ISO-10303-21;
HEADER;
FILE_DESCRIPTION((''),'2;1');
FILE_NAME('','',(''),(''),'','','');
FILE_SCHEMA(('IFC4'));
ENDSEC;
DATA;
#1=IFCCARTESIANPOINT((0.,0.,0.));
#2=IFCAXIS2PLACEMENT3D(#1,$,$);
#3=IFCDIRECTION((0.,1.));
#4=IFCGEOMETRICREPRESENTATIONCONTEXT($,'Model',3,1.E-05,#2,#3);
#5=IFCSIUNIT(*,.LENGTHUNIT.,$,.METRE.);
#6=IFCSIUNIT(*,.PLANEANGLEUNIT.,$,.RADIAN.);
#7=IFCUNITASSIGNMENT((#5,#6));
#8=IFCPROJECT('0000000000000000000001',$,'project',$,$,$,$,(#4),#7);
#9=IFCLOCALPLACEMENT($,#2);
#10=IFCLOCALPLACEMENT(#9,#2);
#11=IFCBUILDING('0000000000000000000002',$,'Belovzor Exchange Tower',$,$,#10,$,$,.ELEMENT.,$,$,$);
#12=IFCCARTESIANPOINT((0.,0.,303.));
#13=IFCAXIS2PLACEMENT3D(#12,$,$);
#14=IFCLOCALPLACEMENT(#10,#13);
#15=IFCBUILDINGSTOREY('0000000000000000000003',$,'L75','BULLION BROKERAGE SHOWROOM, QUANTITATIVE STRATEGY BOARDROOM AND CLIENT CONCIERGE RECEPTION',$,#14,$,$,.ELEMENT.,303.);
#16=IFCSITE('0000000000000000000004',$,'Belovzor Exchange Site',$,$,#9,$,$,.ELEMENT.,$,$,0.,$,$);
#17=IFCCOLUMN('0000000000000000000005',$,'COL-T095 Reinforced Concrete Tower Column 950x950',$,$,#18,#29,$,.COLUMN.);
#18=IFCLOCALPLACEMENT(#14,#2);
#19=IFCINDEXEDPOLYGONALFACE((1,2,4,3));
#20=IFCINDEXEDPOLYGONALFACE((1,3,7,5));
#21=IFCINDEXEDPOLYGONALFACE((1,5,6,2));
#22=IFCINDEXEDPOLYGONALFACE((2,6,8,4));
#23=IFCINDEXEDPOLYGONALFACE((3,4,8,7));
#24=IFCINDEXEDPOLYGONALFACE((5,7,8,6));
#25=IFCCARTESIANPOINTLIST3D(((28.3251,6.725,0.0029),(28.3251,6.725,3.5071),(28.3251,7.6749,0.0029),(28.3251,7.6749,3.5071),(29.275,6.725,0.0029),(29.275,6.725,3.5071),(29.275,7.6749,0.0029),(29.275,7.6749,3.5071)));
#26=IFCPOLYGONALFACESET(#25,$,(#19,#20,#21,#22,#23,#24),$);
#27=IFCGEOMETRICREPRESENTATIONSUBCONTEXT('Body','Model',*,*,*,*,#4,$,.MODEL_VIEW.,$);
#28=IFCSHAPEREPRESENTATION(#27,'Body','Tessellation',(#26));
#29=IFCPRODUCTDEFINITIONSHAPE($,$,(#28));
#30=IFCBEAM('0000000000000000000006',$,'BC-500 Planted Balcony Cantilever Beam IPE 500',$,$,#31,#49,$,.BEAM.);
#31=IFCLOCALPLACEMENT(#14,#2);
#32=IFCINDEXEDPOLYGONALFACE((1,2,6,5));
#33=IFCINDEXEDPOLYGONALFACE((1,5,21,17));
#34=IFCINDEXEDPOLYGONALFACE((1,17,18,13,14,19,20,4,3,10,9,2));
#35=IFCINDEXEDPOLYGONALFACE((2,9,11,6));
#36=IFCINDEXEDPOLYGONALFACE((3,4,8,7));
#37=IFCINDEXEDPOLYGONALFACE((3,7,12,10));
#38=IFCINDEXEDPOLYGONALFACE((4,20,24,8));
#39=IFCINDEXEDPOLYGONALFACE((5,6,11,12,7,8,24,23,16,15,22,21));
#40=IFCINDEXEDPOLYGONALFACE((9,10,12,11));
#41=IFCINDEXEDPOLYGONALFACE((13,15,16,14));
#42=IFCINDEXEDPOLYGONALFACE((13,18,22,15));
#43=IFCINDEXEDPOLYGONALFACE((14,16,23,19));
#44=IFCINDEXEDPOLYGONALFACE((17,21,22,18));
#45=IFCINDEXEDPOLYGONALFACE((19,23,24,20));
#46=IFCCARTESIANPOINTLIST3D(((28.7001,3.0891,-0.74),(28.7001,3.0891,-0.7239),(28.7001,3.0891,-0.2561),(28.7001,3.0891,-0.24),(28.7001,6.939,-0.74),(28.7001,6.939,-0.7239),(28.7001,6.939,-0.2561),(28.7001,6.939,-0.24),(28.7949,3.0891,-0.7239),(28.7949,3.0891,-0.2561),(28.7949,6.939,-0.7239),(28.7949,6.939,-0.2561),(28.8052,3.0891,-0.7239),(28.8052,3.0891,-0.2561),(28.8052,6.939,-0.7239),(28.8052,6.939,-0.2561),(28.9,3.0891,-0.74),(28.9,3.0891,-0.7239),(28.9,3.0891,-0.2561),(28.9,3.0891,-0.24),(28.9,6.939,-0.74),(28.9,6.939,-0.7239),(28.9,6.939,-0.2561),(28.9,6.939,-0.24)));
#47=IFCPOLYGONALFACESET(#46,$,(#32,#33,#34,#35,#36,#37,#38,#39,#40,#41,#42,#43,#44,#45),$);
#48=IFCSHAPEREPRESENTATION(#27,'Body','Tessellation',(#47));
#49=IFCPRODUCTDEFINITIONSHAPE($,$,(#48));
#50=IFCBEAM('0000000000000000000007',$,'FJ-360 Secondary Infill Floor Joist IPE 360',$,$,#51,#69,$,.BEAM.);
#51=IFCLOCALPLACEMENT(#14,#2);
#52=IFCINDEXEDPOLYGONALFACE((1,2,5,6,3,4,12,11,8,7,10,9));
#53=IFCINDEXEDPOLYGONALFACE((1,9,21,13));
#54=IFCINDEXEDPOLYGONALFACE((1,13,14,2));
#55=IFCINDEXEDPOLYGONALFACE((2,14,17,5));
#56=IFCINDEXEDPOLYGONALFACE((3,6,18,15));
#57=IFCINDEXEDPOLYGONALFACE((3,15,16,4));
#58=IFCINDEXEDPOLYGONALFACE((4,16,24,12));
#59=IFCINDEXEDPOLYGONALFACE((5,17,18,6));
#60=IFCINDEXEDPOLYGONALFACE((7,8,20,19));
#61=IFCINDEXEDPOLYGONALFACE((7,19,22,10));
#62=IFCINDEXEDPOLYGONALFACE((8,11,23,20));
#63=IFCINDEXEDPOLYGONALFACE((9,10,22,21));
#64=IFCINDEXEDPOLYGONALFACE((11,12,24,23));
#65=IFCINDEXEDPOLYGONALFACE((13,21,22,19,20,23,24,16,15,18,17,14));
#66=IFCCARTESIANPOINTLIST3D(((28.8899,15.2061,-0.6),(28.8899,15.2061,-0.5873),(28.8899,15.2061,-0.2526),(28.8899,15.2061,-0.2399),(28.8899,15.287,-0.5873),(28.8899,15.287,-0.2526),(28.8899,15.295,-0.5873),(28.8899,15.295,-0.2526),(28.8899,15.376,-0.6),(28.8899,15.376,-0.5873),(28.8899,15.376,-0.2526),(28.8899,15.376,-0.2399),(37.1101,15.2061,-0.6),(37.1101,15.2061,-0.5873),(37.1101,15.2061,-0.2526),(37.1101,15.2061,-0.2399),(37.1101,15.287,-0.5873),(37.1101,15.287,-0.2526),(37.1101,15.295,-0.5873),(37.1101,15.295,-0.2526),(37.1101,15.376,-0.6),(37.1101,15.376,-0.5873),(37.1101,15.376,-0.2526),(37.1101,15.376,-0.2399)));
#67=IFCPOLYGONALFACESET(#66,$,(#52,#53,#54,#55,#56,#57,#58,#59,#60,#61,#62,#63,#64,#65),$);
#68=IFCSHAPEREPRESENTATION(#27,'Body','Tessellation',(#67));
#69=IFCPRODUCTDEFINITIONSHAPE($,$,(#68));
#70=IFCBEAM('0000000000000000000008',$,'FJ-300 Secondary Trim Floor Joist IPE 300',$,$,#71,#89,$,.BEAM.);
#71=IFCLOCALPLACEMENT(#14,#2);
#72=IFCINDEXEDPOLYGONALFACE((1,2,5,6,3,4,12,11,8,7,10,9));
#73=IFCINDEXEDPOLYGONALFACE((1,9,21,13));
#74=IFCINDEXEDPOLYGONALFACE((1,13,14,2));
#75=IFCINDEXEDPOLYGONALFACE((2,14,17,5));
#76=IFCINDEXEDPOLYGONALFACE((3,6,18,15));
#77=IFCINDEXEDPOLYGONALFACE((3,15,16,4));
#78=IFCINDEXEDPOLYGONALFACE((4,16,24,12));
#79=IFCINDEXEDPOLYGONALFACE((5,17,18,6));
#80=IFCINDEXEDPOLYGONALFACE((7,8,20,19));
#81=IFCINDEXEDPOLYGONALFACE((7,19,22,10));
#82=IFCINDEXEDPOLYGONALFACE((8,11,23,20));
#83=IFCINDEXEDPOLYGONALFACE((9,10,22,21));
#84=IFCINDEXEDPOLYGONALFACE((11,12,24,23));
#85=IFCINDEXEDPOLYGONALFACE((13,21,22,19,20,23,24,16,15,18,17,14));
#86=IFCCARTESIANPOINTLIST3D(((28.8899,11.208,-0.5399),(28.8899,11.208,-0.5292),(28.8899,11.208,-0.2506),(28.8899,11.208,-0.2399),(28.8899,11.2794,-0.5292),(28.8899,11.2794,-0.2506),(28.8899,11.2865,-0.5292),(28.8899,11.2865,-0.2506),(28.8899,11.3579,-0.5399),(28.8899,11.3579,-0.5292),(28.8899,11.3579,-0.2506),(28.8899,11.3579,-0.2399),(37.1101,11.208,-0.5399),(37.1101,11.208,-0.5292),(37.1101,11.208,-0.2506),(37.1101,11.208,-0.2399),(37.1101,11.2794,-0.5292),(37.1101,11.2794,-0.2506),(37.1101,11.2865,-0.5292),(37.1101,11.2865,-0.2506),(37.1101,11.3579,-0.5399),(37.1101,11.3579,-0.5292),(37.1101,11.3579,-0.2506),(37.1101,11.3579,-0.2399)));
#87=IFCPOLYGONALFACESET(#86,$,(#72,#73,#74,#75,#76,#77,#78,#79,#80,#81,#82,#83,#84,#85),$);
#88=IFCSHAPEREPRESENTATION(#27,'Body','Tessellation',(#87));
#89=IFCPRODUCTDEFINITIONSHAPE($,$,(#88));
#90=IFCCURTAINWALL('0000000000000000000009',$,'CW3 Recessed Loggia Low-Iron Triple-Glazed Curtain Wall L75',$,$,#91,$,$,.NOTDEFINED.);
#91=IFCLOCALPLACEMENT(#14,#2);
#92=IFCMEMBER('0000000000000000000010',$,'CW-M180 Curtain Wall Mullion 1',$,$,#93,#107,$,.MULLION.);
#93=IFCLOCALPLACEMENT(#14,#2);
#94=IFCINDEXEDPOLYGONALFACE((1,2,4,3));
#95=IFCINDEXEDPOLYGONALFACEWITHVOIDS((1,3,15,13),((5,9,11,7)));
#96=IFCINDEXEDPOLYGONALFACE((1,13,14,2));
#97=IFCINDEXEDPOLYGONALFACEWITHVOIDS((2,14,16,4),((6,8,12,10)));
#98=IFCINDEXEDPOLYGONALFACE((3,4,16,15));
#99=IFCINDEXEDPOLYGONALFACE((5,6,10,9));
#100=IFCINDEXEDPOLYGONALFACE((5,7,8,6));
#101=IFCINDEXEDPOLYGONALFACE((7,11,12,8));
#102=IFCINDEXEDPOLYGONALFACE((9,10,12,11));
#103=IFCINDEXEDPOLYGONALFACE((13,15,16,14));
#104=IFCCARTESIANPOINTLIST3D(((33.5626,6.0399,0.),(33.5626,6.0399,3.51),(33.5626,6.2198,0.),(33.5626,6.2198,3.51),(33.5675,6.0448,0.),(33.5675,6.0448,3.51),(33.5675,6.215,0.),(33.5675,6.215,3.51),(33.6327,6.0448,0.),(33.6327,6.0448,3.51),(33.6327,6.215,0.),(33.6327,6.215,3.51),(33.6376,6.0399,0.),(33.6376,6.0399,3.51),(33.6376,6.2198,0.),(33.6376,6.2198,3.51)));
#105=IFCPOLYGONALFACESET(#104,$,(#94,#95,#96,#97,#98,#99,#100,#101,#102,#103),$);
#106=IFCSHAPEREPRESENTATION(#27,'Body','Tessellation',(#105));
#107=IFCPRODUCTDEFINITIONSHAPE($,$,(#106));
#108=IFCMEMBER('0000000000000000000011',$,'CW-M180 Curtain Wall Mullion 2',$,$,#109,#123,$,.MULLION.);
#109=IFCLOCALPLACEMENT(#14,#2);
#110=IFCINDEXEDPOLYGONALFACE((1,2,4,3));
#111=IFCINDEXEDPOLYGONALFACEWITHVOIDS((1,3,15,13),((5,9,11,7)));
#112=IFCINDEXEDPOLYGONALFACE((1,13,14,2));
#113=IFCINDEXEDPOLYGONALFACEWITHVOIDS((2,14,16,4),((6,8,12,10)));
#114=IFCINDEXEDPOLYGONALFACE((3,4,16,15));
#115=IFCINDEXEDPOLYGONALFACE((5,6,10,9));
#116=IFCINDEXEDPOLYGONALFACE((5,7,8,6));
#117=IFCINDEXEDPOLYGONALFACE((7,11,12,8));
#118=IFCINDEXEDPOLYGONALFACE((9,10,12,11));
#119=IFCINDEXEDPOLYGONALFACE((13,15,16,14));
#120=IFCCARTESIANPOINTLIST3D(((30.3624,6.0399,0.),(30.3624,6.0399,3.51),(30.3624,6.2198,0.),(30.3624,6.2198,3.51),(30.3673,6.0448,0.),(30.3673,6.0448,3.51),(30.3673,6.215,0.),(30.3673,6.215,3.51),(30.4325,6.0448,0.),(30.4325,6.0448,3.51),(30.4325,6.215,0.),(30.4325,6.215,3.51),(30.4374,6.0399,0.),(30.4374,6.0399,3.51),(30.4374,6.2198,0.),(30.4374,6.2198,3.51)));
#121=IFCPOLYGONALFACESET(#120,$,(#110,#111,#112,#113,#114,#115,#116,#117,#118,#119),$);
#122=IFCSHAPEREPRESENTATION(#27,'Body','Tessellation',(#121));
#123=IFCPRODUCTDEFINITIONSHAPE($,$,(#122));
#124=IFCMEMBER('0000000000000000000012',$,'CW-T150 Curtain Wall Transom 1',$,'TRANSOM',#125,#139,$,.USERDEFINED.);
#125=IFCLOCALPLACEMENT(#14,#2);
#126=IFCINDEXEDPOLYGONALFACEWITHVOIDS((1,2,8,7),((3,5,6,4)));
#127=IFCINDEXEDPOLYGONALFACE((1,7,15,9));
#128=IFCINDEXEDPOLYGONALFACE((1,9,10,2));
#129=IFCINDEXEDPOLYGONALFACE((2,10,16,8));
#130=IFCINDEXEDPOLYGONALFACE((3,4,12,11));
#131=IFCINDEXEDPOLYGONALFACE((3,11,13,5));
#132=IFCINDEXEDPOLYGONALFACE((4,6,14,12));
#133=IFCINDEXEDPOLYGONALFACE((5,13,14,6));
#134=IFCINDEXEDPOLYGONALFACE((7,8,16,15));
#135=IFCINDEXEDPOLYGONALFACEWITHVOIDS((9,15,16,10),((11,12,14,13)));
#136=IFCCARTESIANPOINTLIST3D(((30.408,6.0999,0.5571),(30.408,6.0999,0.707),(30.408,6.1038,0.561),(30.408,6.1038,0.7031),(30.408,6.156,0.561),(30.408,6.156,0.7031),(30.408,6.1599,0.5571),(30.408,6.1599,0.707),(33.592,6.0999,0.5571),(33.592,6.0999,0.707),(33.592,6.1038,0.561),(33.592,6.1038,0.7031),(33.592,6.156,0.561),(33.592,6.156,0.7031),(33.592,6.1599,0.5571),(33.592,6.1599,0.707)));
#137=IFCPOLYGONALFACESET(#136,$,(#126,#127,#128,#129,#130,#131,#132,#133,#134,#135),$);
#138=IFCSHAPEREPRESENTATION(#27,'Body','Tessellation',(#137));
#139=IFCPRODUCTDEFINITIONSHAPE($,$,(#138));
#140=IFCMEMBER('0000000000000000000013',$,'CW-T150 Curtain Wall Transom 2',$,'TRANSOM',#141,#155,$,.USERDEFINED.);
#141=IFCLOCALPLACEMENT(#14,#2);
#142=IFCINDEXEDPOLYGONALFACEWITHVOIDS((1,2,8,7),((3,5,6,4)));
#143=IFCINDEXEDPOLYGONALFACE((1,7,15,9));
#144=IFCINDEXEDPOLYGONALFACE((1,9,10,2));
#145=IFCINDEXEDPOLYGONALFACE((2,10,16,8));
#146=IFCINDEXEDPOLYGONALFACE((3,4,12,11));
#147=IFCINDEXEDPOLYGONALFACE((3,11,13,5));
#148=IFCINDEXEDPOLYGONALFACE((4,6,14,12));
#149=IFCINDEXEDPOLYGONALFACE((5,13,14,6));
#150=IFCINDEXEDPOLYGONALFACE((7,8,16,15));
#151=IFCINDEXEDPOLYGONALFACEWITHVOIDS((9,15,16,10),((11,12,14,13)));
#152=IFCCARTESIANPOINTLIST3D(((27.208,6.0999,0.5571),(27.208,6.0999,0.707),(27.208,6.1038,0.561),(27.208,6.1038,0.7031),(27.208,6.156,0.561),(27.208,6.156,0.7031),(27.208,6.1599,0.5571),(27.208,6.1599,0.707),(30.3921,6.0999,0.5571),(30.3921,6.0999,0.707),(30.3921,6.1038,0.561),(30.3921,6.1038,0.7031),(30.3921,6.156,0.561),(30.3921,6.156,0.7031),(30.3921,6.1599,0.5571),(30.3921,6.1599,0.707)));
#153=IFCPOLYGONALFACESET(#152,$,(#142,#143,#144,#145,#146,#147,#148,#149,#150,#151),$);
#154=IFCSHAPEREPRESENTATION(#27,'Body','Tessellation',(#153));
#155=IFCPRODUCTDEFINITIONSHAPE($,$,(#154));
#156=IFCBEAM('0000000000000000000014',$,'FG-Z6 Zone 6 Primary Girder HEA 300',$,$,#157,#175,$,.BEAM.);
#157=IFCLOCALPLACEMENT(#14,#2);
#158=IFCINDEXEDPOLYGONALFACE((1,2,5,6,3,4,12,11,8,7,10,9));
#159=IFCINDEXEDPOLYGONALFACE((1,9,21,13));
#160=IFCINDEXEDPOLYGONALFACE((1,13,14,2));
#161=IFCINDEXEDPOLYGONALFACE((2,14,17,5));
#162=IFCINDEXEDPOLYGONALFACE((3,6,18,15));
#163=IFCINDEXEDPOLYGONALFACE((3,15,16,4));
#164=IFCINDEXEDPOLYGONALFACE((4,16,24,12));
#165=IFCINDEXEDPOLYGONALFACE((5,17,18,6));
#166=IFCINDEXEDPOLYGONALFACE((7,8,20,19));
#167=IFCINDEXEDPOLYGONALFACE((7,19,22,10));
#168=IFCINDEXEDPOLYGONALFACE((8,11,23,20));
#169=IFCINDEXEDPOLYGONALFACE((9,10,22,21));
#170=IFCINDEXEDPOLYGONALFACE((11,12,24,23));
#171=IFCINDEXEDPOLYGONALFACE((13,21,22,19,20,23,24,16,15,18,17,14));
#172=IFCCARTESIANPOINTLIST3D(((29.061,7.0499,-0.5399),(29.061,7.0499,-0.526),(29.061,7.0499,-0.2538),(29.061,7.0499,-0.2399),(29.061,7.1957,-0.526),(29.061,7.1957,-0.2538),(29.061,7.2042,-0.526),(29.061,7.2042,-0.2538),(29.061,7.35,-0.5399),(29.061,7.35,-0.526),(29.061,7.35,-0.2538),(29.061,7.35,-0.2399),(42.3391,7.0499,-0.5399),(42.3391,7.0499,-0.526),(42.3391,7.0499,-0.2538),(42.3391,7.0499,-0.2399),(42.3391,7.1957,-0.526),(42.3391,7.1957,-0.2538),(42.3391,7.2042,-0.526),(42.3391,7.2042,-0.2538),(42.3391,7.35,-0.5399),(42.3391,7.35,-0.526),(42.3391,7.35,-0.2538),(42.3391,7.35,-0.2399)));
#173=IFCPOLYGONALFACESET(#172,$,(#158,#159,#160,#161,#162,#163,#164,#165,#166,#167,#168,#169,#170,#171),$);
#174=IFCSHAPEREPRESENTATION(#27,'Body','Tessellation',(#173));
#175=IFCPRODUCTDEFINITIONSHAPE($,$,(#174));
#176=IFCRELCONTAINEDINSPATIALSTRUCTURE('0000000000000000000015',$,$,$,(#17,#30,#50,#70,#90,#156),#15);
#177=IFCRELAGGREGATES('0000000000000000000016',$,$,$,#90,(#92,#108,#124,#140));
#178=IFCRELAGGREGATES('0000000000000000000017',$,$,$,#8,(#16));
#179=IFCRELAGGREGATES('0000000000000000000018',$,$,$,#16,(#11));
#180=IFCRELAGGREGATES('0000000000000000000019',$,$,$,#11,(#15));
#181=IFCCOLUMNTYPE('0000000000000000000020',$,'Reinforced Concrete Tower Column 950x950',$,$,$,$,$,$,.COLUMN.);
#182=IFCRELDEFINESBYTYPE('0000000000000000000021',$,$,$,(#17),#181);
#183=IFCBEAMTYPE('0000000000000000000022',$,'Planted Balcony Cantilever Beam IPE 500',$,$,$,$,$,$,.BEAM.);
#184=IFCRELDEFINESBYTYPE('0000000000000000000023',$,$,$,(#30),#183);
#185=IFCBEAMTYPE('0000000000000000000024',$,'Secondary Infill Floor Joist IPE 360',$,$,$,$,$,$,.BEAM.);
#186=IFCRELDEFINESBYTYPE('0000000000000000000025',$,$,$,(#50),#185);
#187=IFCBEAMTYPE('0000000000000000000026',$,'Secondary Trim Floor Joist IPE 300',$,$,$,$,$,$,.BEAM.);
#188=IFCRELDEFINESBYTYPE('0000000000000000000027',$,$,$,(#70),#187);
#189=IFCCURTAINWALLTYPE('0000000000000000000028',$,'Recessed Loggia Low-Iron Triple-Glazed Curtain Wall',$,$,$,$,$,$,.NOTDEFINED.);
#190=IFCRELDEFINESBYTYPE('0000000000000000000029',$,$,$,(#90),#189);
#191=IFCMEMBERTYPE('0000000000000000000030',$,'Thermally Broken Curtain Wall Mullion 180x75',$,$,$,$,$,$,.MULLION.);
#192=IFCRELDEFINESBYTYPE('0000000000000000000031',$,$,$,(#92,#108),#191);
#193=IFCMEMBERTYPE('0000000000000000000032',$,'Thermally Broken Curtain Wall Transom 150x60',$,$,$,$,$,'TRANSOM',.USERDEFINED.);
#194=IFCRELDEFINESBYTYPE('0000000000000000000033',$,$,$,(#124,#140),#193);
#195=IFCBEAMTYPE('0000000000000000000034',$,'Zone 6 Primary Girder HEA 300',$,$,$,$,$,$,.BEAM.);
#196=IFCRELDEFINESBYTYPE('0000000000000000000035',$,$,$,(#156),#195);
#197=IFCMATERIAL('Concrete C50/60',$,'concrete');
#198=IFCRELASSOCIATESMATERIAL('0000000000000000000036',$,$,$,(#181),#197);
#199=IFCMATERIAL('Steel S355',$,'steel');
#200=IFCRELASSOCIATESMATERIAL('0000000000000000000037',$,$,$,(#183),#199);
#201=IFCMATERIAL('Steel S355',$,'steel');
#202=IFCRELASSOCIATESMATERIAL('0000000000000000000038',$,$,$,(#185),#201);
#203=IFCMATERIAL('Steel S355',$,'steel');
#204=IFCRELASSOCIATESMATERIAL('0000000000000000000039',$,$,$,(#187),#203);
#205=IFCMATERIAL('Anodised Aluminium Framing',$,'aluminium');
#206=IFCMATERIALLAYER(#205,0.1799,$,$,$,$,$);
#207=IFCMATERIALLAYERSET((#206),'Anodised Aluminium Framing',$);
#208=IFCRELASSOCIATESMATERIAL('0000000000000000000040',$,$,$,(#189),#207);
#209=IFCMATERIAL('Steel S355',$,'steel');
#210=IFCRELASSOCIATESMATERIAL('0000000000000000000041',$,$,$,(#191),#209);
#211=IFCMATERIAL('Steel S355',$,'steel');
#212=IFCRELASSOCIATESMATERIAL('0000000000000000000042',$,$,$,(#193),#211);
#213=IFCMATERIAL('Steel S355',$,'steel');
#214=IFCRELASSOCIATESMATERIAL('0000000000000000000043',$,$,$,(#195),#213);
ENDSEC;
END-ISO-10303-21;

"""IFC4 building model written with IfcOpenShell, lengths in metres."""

from ifc_helpers import new_model, si_unit, direction, frame, origin, origin_2d, place, context, subcontext, project, spatial, rectangle, hollow_rectangle, i_section, extrude, material, layer, layer_set, material_profile, profile_set, type_object, element, aggregate, save


model = new_model("IFC4")

# Units and contexts
model_context = context("Model", 3, precision=1e-05, world=origin(), true_north=direction((0.0, 1.0)))
body_context = subcontext(model_context, "Body", "Model", "MODEL_VIEW")
ifc_project = project(units=[si_unit("LENGTHUNIT", "METRE"), si_unit("PLANEANGLEUNIT", "RADIAN")], contexts=[model_context])

# Site, building, storey
site_placement = place(None, origin())
site = spatial("IfcSite", under=ifc_project, at=site_placement, Name="Belovzor Exchange Site", CompositionType="ELEMENT", RefElevation=0.0)
building_placement = place(site_placement, origin())
building = spatial("IfcBuilding", under=site, at=building_placement, Name="Belovzor Exchange Tower", CompositionType="ELEMENT")
storey_placement = place(building_placement, frame((0.0, 0.0, 303.0)))
storey = spatial("IfcBuildingStorey", under=building, at=storey_placement, Name="L75", Description="BULLION BROKERAGE SHOWROOM, QUANTITATIVE STRATEGY BOARDROOM AND CLIENT CONCIERGE RECEPTION", CompositionType="ELEMENT", Elevation=303.0)

# Column
ifc_material_1 = material(Name="Concrete C50/60", Category="concrete")
ifc_material_profile_1 = material_profile(ifc_material_1, rectangle(XDim=0.95, YDim=0.95, at=origin_2d()))
ifc_profile_set_1 = profile_set([ifc_material_profile_1], Name="Concrete C50/60")
column_type = type_object("IfcColumnType", Name="Reinforced Concrete Tower Column 950x950", PredefinedType="COLUMN", material=ifc_profile_set_1)
column_placement = place(storey_placement, frame((28.8, 7.2, 0.0029), z_axis=(0.0, 0.0, 1.0), x_axis=(1.0, 0.0, 0.0)))
element("IfcColumn", 1, at=column_placement, inside=storey, type_object=column_type, Name="COL-T095 Reinforced Concrete Tower Column 950x950", PredefinedType="COLUMN", context=body_context, shape_type="SweptSolid", body=[
    extrude(rectangle(XDim=0.95, YDim=0.95, at=origin_2d()), origin(), (0.0, 0.0, 1.0), 3.5042),
])

# Beams
ifc_material_2 = material(Name="Steel S355", Category="steel")
ifc_material_profile_2 = material_profile(ifc_material_2, i_section(OverallWidth=0.2, OverallDepth=0.5, WebThickness=0.0103, FlangeThickness=0.0161, at=origin_2d()))
ifc_profile_set_2 = profile_set([ifc_material_profile_2], Name="Steel S355")
beam_type_1 = type_object("IfcBeamType", Name="Planted Balcony Cantilever Beam IPE 500", PredefinedType="BEAM", material=ifc_profile_set_2)
beam_1_placement = place(storey_placement, frame((28.8, 6.939, -0.49), z_axis=(0.0, -1.0, 0.0), x_axis=(1.0, 0.0, 0.0)))
element("IfcBeam", 2, at=beam_1_placement, inside=storey, type_object=beam_type_1, Name="BC-500 Planted Balcony Cantilever Beam IPE 500", PredefinedType="BEAM", context=body_context, shape_type="SweptSolid", body=[
    extrude(i_section(OverallWidth=0.2, OverallDepth=0.5, WebThickness=0.0103, FlangeThickness=0.0161, at=origin_2d()), origin(), (0.0, 0.0, 1.0), 3.8499),
])
ifc_material_3 = material(Name="Steel S355", Category="steel")
ifc_material_profile_3 = material_profile(ifc_material_3, i_section(OverallWidth=0.1699, OverallDepth=0.3601, WebThickness=0.0081, FlangeThickness=0.0127, at=origin_2d()))
ifc_profile_set_3 = profile_set([ifc_material_profile_3], Name="Steel S355")
beam_type_2 = type_object("IfcBeamType", Name="Secondary Infill Floor Joist IPE 360", PredefinedType="BEAM", material=ifc_profile_set_3)
beam_2_placement = place(storey_placement, frame((28.8899, 15.291, -0.4199), z_axis=(1.0, 0.0, 0.0), x_axis=(0.0, 1.0, 0.0)))
element("IfcBeam", 3, at=beam_2_placement, inside=storey, type_object=beam_type_2, Name="FJ-360 Secondary Infill Floor Joist IPE 360", PredefinedType="BEAM", context=body_context, shape_type="SweptSolid", body=[
    extrude(i_section(OverallWidth=0.1699, OverallDepth=0.3601, WebThickness=0.0081, FlangeThickness=0.0127, at=origin_2d()), origin(), (0.0, 0.0, 1.0), 8.2202),
])
ifc_material_4 = material(Name="Steel S355", Category="steel")
ifc_material_profile_4 = material_profile(ifc_material_4, i_section(OverallWidth=0.1499, OverallDepth=0.3, WebThickness=0.0071, FlangeThickness=0.0107, at=origin_2d()))
ifc_profile_set_4 = profile_set([ifc_material_profile_4], Name="Steel S355")
beam_type_3 = type_object("IfcBeamType", Name="Secondary Trim Floor Joist IPE 300", PredefinedType="BEAM", material=ifc_profile_set_4)
beam_3_placement = place(storey_placement, frame((28.8899, 11.283, -0.3899), z_axis=(1.0, 0.0, 0.0), x_axis=(0.0, 1.0, 0.0)))
element("IfcBeam", 4, at=beam_3_placement, inside=storey, type_object=beam_type_3, Name="FJ-300 Secondary Trim Floor Joist IPE 300", PredefinedType="BEAM", context=body_context, shape_type="SweptSolid", body=[
    extrude(i_section(OverallWidth=0.1499, OverallDepth=0.3, WebThickness=0.0071, FlangeThickness=0.0107, at=origin_2d()), origin(), (0.0, 0.0, 1.0), 8.2202),
])

# Curtain wall, members
ifc_material_5 = material(Name="Anodised Aluminium Framing", Category="aluminium")
ifc_layer_1 = layer(ifc_material_5, 0.1799)
ifc_layer_set_1 = layer_set([ifc_layer_1], Name="Anodised Aluminium Framing")
curtain_wall_type = type_object("IfcCurtainWallType", Name="Recessed Loggia Low-Iron Triple-Glazed Curtain Wall", PredefinedType="NOTDEFINED", material=ifc_layer_set_1)
curtain_wall_placement = place(storey_placement, origin())
curtain_wall = element("IfcCurtainWall", 5, at=curtain_wall_placement, inside=storey, type_object=curtain_wall_type, Name="CW3 Recessed Loggia Low-Iron Triple-Glazed Curtain Wall L75", PredefinedType="NOTDEFINED")
ifc_material_6 = material(Name="Steel S355", Category="steel")
ifc_material_profile_5 = material_profile(ifc_material_6, hollow_rectangle(XDim=0.075, YDim=0.1799, WallThickness=0.0049, at=origin_2d()))
ifc_profile_set_5 = profile_set([ifc_material_profile_5], Name="Steel S355")
member_type_1 = type_object("IfcMemberType", Name="Thermally Broken Curtain Wall Mullion 180x75", PredefinedType="MULLION", material=ifc_profile_set_5)
member_1_placement = place(storey_placement, frame((33.6001, 6.1299, 0.0), z_axis=(0.0, 0.0, 1.0), x_axis=(-1.0, 0.0, 0.0)))
member_1 = element("IfcMember", 6, at=member_1_placement, type_object=member_type_1, Name="CW-M180 Curtain Wall Mullion 1", PredefinedType="MULLION", context=body_context, shape_type="SweptSolid", body=[
    extrude(hollow_rectangle(XDim=0.075, YDim=0.1799, WallThickness=0.0049, at=origin_2d()), origin(), (0.0, 0.0, 1.0), 3.51),
])
member_2_placement = place(storey_placement, frame((30.3999, 6.1299, 0.0), z_axis=(0.0, 0.0, 1.0), x_axis=(-1.0, 0.0, 0.0)))
member_2 = element("IfcMember", 7, at=member_2_placement, type_object=member_type_1, Name="CW-M180 Curtain Wall Mullion 2", PredefinedType="MULLION", context=body_context, shape_type="SweptSolid", body=[
    extrude(hollow_rectangle(XDim=0.075, YDim=0.1799, WallThickness=0.0049, at=origin_2d()), origin(), (0.0, 0.0, 1.0), 3.51),
])
ifc_material_7 = material(Name="Steel S355", Category="steel")
ifc_material_profile_6 = material_profile(ifc_material_7, hollow_rectangle(XDim=0.0601, YDim=0.1499, WallThickness=0.0039, at=origin_2d()))
ifc_profile_set_6 = profile_set([ifc_material_profile_6], Name="Steel S355")
member_type_2 = type_object("IfcMemberType", Name="Thermally Broken Curtain Wall Transom 150x60", ElementType="TRANSOM", PredefinedType="USERDEFINED", material=ifc_profile_set_6)
member_3_placement = place(storey_placement, frame((33.592, 6.1299, 0.6321), z_axis=(-1.0, 0.0, 0.0), x_axis=(0.0, -1.0, 0.0)))
member_3 = element("IfcMember", 8, at=member_3_placement, type_object=member_type_2, Name="CW-T150 Curtain Wall Transom 1", ObjectType="TRANSOM", PredefinedType="USERDEFINED", context=body_context, shape_type="SweptSolid", body=[
    extrude(hollow_rectangle(XDim=0.0601, YDim=0.1499, WallThickness=0.0039, at=origin_2d()), origin(), (0.0, 0.0, 1.0), 3.1841),
])
member_4_placement = place(storey_placement, frame((30.3921, 6.1299, 0.6321), z_axis=(-1.0, 0.0, 0.0), x_axis=(0.0, -1.0, 0.0)))
member_4 = element("IfcMember", 9, at=member_4_placement, type_object=member_type_2, Name="CW-T150 Curtain Wall Transom 2", ObjectType="TRANSOM", PredefinedType="USERDEFINED", context=body_context, shape_type="SweptSolid", body=[
    extrude(hollow_rectangle(XDim=0.0601, YDim=0.1499, WallThickness=0.0039, at=origin_2d()), origin(), (0.0, 0.0, 1.0), 3.1841),
])

# Beam
ifc_material_8 = material(Name="Steel S355", Category="steel")
ifc_material_profile_7 = material_profile(ifc_material_8, i_section(OverallWidth=0.3, OverallDepth=0.3, WebThickness=0.0085, FlangeThickness=0.0139, at=origin_2d()))
ifc_profile_set_7 = profile_set([ifc_material_profile_7], Name="Steel S355")
beam_type_4 = type_object("IfcBeamType", Name="Zone 6 Primary Girder HEA 300", PredefinedType="BEAM", material=ifc_profile_set_7)
beam_4_placement = place(storey_placement, frame((29.061, 7.2, -0.3899), z_axis=(1.0, 0.0, 0.0), x_axis=(0.0, 1.0, 0.0)))
element("IfcBeam", 10, at=beam_4_placement, inside=storey, type_object=beam_type_4, Name="FG-Z6 Zone 6 Primary Girder HEA 300", PredefinedType="BEAM", context=body_context, shape_type="SweptSolid", body=[
    extrude(i_section(OverallWidth=0.3, OverallDepth=0.3, WebThickness=0.0085, FlangeThickness=0.0139, at=origin_2d()), origin(), (0.0, 0.0, 1.0), 13.2781),
])

aggregate(curtain_wall, [member_1, member_2, member_3, member_4])

save(model, "model.ifc")
